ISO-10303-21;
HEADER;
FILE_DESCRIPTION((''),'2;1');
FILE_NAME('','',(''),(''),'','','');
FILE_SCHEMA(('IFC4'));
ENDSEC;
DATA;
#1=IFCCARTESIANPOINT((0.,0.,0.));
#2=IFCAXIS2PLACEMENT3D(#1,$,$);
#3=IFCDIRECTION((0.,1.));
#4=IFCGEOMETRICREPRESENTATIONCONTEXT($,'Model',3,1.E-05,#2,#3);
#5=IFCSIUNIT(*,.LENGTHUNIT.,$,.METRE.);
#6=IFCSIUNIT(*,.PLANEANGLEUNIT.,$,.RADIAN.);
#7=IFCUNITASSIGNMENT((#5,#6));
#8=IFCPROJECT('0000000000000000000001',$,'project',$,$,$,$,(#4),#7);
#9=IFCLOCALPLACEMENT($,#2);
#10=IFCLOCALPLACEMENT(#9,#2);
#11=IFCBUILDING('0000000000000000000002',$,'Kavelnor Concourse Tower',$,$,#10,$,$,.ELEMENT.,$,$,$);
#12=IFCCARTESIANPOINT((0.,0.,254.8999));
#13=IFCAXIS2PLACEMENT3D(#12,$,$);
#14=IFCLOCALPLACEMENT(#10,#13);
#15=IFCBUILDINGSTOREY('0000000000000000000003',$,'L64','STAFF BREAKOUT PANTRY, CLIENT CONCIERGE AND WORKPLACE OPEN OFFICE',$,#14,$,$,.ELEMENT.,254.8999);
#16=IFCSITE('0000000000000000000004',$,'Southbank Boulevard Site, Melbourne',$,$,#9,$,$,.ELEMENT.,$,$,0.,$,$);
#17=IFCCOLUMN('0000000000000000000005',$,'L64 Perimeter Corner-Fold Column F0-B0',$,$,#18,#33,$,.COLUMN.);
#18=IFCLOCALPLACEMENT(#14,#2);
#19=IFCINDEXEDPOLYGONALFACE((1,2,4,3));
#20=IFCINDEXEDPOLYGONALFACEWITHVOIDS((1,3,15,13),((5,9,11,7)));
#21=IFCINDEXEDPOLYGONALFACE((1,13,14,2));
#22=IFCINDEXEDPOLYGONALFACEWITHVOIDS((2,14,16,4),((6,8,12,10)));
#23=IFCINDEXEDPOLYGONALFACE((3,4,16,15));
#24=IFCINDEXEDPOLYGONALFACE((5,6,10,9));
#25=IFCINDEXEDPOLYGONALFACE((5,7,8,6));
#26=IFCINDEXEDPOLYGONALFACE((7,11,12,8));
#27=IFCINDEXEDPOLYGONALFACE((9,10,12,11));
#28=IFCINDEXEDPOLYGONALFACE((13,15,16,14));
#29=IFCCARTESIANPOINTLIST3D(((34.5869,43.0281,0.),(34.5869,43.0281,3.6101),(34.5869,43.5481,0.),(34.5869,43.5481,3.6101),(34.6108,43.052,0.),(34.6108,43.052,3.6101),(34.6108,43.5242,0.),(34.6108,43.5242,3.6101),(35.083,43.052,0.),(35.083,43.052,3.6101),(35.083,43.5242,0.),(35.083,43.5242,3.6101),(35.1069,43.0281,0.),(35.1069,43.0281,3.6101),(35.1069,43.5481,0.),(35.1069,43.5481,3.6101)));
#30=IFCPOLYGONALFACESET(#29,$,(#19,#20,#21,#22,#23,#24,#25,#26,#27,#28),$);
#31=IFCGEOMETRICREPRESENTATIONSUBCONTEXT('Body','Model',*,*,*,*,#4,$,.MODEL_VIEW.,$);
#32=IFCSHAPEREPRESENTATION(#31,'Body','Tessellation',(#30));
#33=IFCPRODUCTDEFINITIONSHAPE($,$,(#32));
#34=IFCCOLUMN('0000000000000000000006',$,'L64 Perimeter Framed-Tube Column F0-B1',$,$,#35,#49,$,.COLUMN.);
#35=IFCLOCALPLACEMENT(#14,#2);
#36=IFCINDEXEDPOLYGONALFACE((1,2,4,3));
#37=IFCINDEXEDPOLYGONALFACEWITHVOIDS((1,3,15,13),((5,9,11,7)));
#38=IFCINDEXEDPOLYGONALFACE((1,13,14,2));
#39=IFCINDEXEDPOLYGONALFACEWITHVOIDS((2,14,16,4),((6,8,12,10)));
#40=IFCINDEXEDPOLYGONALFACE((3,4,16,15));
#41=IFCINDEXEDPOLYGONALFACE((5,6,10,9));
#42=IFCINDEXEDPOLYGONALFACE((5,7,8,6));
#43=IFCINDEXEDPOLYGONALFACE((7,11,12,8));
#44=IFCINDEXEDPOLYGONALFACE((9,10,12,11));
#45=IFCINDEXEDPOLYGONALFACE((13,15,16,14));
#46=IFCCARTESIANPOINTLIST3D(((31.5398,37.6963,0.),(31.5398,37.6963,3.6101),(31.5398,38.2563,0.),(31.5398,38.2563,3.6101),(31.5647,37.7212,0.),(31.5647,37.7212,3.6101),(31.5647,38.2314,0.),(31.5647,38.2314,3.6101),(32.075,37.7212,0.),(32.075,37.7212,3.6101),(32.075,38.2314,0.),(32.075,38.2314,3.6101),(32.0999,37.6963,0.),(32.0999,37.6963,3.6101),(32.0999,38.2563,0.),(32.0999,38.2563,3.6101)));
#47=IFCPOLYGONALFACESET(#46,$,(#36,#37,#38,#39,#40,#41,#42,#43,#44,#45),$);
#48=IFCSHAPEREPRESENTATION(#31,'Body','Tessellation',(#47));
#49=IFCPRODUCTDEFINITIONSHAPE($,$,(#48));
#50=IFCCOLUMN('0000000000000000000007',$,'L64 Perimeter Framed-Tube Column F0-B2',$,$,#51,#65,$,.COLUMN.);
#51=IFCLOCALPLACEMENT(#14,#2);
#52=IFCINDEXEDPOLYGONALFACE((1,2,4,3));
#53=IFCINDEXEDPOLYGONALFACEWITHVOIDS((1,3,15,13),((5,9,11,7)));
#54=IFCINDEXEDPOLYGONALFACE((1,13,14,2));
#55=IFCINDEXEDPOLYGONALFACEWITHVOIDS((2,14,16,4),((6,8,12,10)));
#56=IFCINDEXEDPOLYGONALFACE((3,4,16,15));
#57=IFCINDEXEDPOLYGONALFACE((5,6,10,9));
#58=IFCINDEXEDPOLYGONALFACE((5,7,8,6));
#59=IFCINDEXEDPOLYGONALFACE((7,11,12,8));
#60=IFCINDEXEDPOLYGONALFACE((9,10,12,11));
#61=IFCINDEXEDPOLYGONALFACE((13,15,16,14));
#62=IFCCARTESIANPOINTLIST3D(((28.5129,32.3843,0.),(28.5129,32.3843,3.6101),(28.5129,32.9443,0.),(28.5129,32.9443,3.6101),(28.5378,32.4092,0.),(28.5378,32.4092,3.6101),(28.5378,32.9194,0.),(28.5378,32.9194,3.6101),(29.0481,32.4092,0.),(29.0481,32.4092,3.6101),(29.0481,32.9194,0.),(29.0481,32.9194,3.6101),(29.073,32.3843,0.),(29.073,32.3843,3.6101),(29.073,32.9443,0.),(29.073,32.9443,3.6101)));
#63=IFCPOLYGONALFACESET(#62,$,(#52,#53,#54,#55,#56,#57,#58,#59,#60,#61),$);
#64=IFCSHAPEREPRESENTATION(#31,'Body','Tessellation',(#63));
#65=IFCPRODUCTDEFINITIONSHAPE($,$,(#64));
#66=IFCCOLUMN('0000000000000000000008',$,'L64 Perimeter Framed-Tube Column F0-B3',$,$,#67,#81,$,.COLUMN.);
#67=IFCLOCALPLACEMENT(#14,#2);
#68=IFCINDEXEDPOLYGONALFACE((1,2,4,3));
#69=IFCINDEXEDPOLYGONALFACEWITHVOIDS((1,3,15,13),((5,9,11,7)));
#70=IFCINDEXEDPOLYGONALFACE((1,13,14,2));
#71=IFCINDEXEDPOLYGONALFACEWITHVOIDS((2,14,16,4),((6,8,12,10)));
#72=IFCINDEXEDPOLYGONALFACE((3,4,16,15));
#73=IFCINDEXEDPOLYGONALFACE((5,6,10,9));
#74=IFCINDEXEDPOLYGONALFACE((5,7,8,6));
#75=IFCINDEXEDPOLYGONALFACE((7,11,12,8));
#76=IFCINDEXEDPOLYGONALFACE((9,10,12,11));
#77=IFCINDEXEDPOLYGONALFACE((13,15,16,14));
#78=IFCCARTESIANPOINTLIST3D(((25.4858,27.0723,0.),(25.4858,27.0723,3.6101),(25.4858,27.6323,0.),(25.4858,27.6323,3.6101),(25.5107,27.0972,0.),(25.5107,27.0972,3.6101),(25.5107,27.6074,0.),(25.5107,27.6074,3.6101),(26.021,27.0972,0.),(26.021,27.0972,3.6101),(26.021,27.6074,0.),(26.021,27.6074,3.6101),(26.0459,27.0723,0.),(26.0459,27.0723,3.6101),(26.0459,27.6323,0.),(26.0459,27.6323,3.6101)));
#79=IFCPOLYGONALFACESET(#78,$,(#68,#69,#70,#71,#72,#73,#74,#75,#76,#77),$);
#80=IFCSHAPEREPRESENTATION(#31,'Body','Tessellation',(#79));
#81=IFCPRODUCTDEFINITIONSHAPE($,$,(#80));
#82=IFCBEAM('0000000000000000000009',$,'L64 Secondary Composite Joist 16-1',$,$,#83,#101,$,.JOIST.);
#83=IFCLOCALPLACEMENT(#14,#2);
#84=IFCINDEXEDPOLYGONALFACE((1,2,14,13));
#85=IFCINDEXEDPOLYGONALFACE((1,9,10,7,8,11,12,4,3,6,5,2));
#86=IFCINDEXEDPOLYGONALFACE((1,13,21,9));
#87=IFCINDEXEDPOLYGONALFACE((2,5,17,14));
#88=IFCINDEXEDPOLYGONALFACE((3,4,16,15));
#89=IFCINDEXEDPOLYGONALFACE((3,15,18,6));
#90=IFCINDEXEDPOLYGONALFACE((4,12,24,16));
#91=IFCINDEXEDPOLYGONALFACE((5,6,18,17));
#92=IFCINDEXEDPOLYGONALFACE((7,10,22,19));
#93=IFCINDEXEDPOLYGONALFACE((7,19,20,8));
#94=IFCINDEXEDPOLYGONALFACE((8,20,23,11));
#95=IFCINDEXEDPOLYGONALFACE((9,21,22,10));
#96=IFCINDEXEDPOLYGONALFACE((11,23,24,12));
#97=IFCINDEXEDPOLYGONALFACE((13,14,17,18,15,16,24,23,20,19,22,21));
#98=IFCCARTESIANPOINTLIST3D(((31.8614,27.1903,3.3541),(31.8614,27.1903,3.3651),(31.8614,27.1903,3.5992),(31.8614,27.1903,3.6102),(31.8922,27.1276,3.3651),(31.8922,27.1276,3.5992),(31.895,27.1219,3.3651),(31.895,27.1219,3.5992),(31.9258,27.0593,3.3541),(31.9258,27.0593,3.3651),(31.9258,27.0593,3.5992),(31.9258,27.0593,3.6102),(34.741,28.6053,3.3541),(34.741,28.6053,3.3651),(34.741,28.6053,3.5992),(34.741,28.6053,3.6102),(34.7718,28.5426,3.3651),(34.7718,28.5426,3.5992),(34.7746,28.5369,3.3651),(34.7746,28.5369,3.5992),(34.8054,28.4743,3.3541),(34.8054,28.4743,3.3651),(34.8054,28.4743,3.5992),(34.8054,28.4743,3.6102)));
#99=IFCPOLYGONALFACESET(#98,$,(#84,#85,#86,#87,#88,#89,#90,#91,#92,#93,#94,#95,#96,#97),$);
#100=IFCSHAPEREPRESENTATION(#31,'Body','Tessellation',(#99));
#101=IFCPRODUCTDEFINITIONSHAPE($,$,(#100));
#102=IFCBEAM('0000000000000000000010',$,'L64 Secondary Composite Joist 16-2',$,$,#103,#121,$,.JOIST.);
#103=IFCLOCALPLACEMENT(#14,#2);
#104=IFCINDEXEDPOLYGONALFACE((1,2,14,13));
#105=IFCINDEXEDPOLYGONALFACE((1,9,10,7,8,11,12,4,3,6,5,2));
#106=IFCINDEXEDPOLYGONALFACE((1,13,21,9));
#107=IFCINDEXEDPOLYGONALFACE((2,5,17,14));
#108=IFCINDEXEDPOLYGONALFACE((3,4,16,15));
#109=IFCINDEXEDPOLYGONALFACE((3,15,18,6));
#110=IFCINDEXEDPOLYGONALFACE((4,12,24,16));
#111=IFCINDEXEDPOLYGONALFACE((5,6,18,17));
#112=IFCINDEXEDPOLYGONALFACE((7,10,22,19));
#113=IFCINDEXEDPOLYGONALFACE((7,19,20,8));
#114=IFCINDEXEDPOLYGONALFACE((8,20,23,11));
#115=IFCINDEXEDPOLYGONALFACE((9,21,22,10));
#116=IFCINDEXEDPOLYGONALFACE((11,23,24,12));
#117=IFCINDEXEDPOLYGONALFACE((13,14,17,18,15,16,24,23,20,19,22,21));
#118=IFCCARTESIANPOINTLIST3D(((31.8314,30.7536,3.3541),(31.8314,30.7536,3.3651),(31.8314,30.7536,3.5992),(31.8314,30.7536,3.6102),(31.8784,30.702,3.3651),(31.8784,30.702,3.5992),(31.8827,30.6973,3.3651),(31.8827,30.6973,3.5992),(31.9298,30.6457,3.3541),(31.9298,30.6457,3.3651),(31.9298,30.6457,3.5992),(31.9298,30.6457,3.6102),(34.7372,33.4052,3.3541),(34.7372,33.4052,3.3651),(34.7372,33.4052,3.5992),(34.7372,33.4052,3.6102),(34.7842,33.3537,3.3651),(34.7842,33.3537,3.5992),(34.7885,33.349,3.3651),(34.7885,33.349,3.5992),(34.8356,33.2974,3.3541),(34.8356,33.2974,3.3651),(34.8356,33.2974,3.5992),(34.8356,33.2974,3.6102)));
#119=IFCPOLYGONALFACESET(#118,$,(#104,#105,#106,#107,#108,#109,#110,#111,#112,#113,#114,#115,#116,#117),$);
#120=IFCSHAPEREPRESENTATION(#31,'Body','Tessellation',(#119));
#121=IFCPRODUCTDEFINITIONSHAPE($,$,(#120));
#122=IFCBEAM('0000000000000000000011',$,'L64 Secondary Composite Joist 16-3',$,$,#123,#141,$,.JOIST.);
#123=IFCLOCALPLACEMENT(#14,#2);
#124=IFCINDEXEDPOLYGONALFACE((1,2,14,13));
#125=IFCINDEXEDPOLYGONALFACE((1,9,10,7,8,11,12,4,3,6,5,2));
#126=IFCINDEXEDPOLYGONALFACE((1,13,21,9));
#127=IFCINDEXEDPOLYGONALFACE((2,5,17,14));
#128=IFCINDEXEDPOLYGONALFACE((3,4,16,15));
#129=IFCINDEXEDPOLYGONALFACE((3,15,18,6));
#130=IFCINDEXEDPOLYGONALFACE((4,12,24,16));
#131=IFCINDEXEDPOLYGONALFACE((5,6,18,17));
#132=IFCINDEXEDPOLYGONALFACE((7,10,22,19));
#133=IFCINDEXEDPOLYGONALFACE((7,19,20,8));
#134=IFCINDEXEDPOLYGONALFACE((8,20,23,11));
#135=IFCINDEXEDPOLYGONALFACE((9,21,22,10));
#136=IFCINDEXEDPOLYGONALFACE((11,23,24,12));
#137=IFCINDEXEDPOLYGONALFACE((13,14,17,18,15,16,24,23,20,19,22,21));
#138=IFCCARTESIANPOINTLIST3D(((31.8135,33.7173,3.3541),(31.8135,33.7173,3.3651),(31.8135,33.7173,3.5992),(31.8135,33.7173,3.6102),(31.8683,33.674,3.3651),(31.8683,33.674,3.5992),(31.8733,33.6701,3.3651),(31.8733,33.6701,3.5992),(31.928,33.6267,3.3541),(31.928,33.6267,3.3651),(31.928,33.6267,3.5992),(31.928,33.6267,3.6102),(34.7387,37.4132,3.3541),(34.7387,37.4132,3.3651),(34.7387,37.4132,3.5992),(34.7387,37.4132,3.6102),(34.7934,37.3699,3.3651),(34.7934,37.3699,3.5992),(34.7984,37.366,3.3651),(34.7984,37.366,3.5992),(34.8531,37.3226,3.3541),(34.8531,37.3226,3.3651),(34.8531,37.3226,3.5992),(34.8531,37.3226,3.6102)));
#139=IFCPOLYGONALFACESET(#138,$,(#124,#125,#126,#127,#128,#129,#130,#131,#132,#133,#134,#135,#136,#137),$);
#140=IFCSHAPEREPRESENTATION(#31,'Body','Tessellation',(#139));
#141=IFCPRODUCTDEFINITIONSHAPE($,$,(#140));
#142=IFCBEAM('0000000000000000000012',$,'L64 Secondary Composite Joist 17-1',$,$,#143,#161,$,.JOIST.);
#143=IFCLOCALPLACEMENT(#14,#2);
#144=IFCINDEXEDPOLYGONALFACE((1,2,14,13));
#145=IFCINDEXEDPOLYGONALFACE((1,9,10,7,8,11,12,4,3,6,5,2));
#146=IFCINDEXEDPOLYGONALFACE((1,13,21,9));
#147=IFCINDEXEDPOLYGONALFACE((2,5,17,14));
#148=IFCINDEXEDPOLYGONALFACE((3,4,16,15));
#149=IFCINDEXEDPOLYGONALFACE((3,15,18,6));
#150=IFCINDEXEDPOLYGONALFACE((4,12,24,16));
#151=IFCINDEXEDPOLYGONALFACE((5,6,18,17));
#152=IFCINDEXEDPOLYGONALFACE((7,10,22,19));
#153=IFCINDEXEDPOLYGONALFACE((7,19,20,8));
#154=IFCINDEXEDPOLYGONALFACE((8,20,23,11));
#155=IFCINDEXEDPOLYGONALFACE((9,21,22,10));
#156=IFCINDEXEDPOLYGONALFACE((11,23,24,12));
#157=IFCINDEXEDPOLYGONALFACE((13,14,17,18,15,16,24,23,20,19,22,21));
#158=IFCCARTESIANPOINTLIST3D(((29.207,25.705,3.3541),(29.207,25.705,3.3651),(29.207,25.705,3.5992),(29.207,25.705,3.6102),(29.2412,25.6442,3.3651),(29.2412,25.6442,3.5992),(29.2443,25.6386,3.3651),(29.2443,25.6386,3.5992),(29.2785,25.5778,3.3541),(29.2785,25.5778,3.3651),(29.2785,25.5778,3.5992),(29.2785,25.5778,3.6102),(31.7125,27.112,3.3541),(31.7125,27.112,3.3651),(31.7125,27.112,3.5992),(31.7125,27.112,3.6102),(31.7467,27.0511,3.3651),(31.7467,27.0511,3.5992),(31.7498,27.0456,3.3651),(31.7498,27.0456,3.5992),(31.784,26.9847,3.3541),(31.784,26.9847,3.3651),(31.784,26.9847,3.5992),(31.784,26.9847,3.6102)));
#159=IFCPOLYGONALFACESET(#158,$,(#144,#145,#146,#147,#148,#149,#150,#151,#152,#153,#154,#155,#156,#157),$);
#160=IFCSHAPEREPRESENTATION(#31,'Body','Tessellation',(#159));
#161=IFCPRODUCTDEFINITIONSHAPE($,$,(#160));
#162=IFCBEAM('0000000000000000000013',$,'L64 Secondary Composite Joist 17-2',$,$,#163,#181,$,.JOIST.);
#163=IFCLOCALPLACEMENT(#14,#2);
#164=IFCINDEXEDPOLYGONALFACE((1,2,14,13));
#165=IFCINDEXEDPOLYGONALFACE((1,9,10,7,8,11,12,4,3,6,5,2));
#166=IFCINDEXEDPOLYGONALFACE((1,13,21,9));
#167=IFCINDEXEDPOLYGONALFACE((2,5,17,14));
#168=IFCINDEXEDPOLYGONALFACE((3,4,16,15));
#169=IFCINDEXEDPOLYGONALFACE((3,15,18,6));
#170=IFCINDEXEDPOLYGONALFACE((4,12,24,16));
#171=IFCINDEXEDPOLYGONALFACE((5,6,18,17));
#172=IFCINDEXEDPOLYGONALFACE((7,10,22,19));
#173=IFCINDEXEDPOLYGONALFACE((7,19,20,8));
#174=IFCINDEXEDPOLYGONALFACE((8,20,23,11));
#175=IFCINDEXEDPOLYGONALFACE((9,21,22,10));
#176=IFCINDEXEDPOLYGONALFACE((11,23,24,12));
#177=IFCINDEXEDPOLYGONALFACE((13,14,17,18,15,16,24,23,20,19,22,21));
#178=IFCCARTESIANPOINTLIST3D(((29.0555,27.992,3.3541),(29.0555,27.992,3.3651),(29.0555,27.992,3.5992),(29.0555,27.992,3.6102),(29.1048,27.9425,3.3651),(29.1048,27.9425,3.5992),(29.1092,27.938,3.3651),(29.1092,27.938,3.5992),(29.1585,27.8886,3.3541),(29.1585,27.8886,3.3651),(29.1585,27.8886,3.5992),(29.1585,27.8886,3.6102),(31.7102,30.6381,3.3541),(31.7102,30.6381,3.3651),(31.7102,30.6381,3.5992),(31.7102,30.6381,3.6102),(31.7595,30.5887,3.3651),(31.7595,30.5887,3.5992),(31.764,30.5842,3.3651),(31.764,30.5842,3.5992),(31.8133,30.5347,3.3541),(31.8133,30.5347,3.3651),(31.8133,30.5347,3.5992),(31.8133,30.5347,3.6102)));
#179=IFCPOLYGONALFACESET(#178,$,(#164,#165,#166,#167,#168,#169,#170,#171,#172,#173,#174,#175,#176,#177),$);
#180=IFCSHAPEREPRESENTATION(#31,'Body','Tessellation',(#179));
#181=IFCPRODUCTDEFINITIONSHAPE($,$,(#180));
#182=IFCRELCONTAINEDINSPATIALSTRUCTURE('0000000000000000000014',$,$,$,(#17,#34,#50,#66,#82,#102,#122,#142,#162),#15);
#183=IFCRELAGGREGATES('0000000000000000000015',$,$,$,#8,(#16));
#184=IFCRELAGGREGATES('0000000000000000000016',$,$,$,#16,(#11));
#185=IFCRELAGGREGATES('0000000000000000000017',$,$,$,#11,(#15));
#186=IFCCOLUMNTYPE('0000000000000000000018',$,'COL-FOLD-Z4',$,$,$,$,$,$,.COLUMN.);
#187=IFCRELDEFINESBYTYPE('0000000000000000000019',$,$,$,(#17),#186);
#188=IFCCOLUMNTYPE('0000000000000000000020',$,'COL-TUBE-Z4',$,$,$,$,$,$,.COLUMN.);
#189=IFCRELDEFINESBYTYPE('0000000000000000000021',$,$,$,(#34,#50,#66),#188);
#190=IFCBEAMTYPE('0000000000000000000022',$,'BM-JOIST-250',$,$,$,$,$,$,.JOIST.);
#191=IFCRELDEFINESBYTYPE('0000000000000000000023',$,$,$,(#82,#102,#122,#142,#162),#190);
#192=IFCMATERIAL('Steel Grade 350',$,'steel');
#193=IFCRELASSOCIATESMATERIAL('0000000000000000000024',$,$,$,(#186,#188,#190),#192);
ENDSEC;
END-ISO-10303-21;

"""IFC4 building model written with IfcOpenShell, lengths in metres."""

from ifc_helpers import new_model, si_unit, direction, frame, origin, origin_2d, place, context, subcontext, project, spatial, hollow_rectangle, i_section, extrude, material, material_profile, profile_set, type_object, element, save


model = new_model("IFC4")

# Units and contexts
model_context = context("Model", 3, precision=1e-05, world=origin(), true_north=direction((0.0, 1.0)))
body_context = subcontext(model_context, "Body", "Model", "MODEL_VIEW")
ifc_project = project(units=[si_unit("LENGTHUNIT", "METRE"), si_unit("PLANEANGLEUNIT", "RADIAN")], contexts=[model_context])

# Site, building, storey
site_placement = place(None, origin())
site = spatial("IfcSite", under=ifc_project, at=site_placement, Name="Southbank Boulevard Site, Melbourne", CompositionType="ELEMENT", RefElevation=0.0)
building_placement = place(site_placement, origin())
building = spatial("IfcBuilding", under=site, at=building_placement, Name="Kavelnor Concourse Tower", CompositionType="ELEMENT")
storey_placement = place(building_placement, frame((0.0, 0.0, 254.8999)))
storey = spatial("IfcBuildingStorey", under=building, at=storey_placement, Name="L64", Description="STAFF BREAKOUT PANTRY, CLIENT CONCIERGE AND WORKPLACE OPEN OFFICE", CompositionType="ELEMENT", Elevation=254.8999)

# Columns
ifc_material_1 = material(Name="Steel Grade 350", Category="steel")
ifc_material_profile_1 = material_profile(ifc_material_1, hollow_rectangle(XDim=0.52, YDim=0.52, WallThickness=0.0239, at=origin_2d()), Name="SHS 520x520x24")
ifc_profile_set_1 = profile_set([ifc_material_profile_1], Name="Steel Grade 350")
column_type_1 = type_object("IfcColumnType", Name="COL-FOLD-Z4", PredefinedType="COLUMN", material=ifc_profile_set_1)
column_placement = place(storey_placement, frame((34.8469, 43.2881, 0.0), z_axis=(0.0, 0.0, 1.0), x_axis=(1.0, 0.0, 0.0)))
element("IfcColumn", 1, at=column_placement, inside=storey, type_object=column_type_1, Name="L64 Perimeter Corner-Fold Column F0-B0", PredefinedType="COLUMN", context=body_context, shape_type="SweptSolid", body=[
    extrude(hollow_rectangle(XDim=0.52, YDim=0.52, WallThickness=0.0239, at=origin_2d()), origin(), (0.0, 0.0, 1.0), 3.6101),
])
ifc_material_profile_2 = material_profile(ifc_material_1, hollow_rectangle(XDim=0.5601, YDim=0.5601, WallThickness=0.0249, at=origin_2d()), Name="SHS 560x560x25")
ifc_profile_set_2 = profile_set([ifc_material_profile_2], Name="Steel Grade 350")
column_type_2 = type_object("IfcColumnType", Name="COL-TUBE-Z4", PredefinedType="COLUMN", material=ifc_profile_set_2)
for number, where, z_axis, x_axis, name in (
    (2, (31.8198, 37.9763, 0.0), (0.0, 0.0, 1.0), (1.0, 0.0, 0.0), "L64 Perimeter Framed-Tube Column F0-B1"),
    (3, (28.793, 32.6643, 0.0), (0.0, 0.0, 1.0), (1.0, 0.0, 0.0), "L64 Perimeter Framed-Tube Column F0-B2"),
    (4, (25.7659, 27.3523, 0.0), (0.0, 0.0, 1.0), (1.0, 0.0, 0.0), "L64 Perimeter Framed-Tube Column F0-B3"),
):
    element("IfcColumn", number, at=place(storey_placement, frame(where, z_axis=z_axis, x_axis=x_axis)), inside=storey, type_object=column_type_2, Name=name, PredefinedType="COLUMN", context=body_context, shape_type="SweptSolid", body=[
        extrude(hollow_rectangle(XDim=0.5601, YDim=0.5601, WallThickness=0.0249, at=origin_2d()), origin(), (0.0, 0.0, 1.0), 3.6101),
    ])

# Beams
ifc_material_profile_3 = material_profile(ifc_material_1, i_section(OverallWidth=0.146, OverallDepth=0.2561, WebThickness=0.0063, FlangeThickness=0.011, at=origin_2d()), Name="250UB37")
ifc_profile_set_3 = profile_set([ifc_material_profile_3], Name="Steel Grade 350")
beam_type_1 = type_object("IfcBeamType", Name="BM-JOIST-250", PredefinedType="JOIST", material=ifc_profile_set_3)
beam_1_placement = place(storey_placement, frame((34.7732, 28.5398, 3.4822), z_axis=(-0.897495, -0.441024, 0.0), x_axis=(0.441024, -0.897495, 0.0)))
element("IfcBeam", 5, at=beam_1_placement, inside=storey, type_object=beam_type_1, Name="L64 Secondary Composite Joist 16-1", PredefinedType="JOIST", context=body_context, shape_type="SweptSolid", body=[
    extrude(i_section(OverallWidth=0.146, OverallDepth=0.2561, WebThickness=0.0063, FlangeThickness=0.011, at=origin_2d()), origin(), (0.0, 0.0, 1.0), 3.2085),
])
beam_2_placement = place(storey_placement, frame((34.7864, 33.3513, 3.4822), z_axis=(-0.738672, -0.674065, 0.0), x_axis=(0.674065, -0.738672, 0.0)))
element("IfcBeam", 6, at=beam_2_placement, inside=storey, type_object=beam_type_1, Name="L64 Secondary Composite Joist 16-2", PredefinedType="JOIST", context=body_context, shape_type="SweptSolid", body=[
    extrude(i_section(OverallWidth=0.146, OverallDepth=0.2561, WebThickness=0.0063, FlangeThickness=0.011, at=origin_2d()), origin(), (0.0, 0.0, 1.0), 3.9338),
])
beam_3_placement = place(storey_placement, frame((34.7959, 37.3679, 3.4822), z_axis=(-0.620599, -0.784128, 0.0), x_axis=(0.784128, -0.620599, 0.0)))
element("IfcBeam", 7, at=beam_3_placement, inside=storey, type_object=beam_type_1, Name="L64 Secondary Composite Joist 16-3", PredefinedType="JOIST", context=body_context, shape_type="SweptSolid", body=[
    extrude(i_section(OverallWidth=0.146, OverallDepth=0.2561, WebThickness=0.0063, FlangeThickness=0.011, at=origin_2d()), origin(), (0.0, 0.0, 1.0), 4.7134),
])
beam_4_placement = place(storey_placement, frame((31.7483, 27.0483, 3.4822), z_axis=(-0.871936, -0.48962, 0.0), x_axis=(0.48962, -0.871936, 0.0)))
element("IfcBeam", 8, at=beam_4_placement, inside=storey, type_object=beam_type_1, Name="L64 Secondary Composite Joist 17-1", PredefinedType="JOIST", context=body_context, shape_type="SweptSolid", body=[
    extrude(i_section(OverallWidth=0.146, OverallDepth=0.2561, WebThickness=0.0063, FlangeThickness=0.011, at=origin_2d()), origin(), (0.0, 0.0, 1.0), 2.8735),
])
beam_5_placement = place(storey_placement, frame((31.7617, 30.5864, 3.4822), z_axis=(-0.708246, -0.705966, 0.0), x_axis=(0.705966, -0.708246, 0.0)))
element("IfcBeam", 9, at=beam_5_placement, inside=storey, type_object=beam_type_1, Name="L64 Secondary Composite Joist 17-2", PredefinedType="JOIST", context=body_context, shape_type="SweptSolid", body=[
    extrude(i_section(OverallWidth=0.146, OverallDepth=0.2561, WebThickness=0.0063, FlangeThickness=0.011, at=origin_2d()), origin(), (0.0, 0.0, 1.0), 3.7483),
])

save(model, "model.ifc")
